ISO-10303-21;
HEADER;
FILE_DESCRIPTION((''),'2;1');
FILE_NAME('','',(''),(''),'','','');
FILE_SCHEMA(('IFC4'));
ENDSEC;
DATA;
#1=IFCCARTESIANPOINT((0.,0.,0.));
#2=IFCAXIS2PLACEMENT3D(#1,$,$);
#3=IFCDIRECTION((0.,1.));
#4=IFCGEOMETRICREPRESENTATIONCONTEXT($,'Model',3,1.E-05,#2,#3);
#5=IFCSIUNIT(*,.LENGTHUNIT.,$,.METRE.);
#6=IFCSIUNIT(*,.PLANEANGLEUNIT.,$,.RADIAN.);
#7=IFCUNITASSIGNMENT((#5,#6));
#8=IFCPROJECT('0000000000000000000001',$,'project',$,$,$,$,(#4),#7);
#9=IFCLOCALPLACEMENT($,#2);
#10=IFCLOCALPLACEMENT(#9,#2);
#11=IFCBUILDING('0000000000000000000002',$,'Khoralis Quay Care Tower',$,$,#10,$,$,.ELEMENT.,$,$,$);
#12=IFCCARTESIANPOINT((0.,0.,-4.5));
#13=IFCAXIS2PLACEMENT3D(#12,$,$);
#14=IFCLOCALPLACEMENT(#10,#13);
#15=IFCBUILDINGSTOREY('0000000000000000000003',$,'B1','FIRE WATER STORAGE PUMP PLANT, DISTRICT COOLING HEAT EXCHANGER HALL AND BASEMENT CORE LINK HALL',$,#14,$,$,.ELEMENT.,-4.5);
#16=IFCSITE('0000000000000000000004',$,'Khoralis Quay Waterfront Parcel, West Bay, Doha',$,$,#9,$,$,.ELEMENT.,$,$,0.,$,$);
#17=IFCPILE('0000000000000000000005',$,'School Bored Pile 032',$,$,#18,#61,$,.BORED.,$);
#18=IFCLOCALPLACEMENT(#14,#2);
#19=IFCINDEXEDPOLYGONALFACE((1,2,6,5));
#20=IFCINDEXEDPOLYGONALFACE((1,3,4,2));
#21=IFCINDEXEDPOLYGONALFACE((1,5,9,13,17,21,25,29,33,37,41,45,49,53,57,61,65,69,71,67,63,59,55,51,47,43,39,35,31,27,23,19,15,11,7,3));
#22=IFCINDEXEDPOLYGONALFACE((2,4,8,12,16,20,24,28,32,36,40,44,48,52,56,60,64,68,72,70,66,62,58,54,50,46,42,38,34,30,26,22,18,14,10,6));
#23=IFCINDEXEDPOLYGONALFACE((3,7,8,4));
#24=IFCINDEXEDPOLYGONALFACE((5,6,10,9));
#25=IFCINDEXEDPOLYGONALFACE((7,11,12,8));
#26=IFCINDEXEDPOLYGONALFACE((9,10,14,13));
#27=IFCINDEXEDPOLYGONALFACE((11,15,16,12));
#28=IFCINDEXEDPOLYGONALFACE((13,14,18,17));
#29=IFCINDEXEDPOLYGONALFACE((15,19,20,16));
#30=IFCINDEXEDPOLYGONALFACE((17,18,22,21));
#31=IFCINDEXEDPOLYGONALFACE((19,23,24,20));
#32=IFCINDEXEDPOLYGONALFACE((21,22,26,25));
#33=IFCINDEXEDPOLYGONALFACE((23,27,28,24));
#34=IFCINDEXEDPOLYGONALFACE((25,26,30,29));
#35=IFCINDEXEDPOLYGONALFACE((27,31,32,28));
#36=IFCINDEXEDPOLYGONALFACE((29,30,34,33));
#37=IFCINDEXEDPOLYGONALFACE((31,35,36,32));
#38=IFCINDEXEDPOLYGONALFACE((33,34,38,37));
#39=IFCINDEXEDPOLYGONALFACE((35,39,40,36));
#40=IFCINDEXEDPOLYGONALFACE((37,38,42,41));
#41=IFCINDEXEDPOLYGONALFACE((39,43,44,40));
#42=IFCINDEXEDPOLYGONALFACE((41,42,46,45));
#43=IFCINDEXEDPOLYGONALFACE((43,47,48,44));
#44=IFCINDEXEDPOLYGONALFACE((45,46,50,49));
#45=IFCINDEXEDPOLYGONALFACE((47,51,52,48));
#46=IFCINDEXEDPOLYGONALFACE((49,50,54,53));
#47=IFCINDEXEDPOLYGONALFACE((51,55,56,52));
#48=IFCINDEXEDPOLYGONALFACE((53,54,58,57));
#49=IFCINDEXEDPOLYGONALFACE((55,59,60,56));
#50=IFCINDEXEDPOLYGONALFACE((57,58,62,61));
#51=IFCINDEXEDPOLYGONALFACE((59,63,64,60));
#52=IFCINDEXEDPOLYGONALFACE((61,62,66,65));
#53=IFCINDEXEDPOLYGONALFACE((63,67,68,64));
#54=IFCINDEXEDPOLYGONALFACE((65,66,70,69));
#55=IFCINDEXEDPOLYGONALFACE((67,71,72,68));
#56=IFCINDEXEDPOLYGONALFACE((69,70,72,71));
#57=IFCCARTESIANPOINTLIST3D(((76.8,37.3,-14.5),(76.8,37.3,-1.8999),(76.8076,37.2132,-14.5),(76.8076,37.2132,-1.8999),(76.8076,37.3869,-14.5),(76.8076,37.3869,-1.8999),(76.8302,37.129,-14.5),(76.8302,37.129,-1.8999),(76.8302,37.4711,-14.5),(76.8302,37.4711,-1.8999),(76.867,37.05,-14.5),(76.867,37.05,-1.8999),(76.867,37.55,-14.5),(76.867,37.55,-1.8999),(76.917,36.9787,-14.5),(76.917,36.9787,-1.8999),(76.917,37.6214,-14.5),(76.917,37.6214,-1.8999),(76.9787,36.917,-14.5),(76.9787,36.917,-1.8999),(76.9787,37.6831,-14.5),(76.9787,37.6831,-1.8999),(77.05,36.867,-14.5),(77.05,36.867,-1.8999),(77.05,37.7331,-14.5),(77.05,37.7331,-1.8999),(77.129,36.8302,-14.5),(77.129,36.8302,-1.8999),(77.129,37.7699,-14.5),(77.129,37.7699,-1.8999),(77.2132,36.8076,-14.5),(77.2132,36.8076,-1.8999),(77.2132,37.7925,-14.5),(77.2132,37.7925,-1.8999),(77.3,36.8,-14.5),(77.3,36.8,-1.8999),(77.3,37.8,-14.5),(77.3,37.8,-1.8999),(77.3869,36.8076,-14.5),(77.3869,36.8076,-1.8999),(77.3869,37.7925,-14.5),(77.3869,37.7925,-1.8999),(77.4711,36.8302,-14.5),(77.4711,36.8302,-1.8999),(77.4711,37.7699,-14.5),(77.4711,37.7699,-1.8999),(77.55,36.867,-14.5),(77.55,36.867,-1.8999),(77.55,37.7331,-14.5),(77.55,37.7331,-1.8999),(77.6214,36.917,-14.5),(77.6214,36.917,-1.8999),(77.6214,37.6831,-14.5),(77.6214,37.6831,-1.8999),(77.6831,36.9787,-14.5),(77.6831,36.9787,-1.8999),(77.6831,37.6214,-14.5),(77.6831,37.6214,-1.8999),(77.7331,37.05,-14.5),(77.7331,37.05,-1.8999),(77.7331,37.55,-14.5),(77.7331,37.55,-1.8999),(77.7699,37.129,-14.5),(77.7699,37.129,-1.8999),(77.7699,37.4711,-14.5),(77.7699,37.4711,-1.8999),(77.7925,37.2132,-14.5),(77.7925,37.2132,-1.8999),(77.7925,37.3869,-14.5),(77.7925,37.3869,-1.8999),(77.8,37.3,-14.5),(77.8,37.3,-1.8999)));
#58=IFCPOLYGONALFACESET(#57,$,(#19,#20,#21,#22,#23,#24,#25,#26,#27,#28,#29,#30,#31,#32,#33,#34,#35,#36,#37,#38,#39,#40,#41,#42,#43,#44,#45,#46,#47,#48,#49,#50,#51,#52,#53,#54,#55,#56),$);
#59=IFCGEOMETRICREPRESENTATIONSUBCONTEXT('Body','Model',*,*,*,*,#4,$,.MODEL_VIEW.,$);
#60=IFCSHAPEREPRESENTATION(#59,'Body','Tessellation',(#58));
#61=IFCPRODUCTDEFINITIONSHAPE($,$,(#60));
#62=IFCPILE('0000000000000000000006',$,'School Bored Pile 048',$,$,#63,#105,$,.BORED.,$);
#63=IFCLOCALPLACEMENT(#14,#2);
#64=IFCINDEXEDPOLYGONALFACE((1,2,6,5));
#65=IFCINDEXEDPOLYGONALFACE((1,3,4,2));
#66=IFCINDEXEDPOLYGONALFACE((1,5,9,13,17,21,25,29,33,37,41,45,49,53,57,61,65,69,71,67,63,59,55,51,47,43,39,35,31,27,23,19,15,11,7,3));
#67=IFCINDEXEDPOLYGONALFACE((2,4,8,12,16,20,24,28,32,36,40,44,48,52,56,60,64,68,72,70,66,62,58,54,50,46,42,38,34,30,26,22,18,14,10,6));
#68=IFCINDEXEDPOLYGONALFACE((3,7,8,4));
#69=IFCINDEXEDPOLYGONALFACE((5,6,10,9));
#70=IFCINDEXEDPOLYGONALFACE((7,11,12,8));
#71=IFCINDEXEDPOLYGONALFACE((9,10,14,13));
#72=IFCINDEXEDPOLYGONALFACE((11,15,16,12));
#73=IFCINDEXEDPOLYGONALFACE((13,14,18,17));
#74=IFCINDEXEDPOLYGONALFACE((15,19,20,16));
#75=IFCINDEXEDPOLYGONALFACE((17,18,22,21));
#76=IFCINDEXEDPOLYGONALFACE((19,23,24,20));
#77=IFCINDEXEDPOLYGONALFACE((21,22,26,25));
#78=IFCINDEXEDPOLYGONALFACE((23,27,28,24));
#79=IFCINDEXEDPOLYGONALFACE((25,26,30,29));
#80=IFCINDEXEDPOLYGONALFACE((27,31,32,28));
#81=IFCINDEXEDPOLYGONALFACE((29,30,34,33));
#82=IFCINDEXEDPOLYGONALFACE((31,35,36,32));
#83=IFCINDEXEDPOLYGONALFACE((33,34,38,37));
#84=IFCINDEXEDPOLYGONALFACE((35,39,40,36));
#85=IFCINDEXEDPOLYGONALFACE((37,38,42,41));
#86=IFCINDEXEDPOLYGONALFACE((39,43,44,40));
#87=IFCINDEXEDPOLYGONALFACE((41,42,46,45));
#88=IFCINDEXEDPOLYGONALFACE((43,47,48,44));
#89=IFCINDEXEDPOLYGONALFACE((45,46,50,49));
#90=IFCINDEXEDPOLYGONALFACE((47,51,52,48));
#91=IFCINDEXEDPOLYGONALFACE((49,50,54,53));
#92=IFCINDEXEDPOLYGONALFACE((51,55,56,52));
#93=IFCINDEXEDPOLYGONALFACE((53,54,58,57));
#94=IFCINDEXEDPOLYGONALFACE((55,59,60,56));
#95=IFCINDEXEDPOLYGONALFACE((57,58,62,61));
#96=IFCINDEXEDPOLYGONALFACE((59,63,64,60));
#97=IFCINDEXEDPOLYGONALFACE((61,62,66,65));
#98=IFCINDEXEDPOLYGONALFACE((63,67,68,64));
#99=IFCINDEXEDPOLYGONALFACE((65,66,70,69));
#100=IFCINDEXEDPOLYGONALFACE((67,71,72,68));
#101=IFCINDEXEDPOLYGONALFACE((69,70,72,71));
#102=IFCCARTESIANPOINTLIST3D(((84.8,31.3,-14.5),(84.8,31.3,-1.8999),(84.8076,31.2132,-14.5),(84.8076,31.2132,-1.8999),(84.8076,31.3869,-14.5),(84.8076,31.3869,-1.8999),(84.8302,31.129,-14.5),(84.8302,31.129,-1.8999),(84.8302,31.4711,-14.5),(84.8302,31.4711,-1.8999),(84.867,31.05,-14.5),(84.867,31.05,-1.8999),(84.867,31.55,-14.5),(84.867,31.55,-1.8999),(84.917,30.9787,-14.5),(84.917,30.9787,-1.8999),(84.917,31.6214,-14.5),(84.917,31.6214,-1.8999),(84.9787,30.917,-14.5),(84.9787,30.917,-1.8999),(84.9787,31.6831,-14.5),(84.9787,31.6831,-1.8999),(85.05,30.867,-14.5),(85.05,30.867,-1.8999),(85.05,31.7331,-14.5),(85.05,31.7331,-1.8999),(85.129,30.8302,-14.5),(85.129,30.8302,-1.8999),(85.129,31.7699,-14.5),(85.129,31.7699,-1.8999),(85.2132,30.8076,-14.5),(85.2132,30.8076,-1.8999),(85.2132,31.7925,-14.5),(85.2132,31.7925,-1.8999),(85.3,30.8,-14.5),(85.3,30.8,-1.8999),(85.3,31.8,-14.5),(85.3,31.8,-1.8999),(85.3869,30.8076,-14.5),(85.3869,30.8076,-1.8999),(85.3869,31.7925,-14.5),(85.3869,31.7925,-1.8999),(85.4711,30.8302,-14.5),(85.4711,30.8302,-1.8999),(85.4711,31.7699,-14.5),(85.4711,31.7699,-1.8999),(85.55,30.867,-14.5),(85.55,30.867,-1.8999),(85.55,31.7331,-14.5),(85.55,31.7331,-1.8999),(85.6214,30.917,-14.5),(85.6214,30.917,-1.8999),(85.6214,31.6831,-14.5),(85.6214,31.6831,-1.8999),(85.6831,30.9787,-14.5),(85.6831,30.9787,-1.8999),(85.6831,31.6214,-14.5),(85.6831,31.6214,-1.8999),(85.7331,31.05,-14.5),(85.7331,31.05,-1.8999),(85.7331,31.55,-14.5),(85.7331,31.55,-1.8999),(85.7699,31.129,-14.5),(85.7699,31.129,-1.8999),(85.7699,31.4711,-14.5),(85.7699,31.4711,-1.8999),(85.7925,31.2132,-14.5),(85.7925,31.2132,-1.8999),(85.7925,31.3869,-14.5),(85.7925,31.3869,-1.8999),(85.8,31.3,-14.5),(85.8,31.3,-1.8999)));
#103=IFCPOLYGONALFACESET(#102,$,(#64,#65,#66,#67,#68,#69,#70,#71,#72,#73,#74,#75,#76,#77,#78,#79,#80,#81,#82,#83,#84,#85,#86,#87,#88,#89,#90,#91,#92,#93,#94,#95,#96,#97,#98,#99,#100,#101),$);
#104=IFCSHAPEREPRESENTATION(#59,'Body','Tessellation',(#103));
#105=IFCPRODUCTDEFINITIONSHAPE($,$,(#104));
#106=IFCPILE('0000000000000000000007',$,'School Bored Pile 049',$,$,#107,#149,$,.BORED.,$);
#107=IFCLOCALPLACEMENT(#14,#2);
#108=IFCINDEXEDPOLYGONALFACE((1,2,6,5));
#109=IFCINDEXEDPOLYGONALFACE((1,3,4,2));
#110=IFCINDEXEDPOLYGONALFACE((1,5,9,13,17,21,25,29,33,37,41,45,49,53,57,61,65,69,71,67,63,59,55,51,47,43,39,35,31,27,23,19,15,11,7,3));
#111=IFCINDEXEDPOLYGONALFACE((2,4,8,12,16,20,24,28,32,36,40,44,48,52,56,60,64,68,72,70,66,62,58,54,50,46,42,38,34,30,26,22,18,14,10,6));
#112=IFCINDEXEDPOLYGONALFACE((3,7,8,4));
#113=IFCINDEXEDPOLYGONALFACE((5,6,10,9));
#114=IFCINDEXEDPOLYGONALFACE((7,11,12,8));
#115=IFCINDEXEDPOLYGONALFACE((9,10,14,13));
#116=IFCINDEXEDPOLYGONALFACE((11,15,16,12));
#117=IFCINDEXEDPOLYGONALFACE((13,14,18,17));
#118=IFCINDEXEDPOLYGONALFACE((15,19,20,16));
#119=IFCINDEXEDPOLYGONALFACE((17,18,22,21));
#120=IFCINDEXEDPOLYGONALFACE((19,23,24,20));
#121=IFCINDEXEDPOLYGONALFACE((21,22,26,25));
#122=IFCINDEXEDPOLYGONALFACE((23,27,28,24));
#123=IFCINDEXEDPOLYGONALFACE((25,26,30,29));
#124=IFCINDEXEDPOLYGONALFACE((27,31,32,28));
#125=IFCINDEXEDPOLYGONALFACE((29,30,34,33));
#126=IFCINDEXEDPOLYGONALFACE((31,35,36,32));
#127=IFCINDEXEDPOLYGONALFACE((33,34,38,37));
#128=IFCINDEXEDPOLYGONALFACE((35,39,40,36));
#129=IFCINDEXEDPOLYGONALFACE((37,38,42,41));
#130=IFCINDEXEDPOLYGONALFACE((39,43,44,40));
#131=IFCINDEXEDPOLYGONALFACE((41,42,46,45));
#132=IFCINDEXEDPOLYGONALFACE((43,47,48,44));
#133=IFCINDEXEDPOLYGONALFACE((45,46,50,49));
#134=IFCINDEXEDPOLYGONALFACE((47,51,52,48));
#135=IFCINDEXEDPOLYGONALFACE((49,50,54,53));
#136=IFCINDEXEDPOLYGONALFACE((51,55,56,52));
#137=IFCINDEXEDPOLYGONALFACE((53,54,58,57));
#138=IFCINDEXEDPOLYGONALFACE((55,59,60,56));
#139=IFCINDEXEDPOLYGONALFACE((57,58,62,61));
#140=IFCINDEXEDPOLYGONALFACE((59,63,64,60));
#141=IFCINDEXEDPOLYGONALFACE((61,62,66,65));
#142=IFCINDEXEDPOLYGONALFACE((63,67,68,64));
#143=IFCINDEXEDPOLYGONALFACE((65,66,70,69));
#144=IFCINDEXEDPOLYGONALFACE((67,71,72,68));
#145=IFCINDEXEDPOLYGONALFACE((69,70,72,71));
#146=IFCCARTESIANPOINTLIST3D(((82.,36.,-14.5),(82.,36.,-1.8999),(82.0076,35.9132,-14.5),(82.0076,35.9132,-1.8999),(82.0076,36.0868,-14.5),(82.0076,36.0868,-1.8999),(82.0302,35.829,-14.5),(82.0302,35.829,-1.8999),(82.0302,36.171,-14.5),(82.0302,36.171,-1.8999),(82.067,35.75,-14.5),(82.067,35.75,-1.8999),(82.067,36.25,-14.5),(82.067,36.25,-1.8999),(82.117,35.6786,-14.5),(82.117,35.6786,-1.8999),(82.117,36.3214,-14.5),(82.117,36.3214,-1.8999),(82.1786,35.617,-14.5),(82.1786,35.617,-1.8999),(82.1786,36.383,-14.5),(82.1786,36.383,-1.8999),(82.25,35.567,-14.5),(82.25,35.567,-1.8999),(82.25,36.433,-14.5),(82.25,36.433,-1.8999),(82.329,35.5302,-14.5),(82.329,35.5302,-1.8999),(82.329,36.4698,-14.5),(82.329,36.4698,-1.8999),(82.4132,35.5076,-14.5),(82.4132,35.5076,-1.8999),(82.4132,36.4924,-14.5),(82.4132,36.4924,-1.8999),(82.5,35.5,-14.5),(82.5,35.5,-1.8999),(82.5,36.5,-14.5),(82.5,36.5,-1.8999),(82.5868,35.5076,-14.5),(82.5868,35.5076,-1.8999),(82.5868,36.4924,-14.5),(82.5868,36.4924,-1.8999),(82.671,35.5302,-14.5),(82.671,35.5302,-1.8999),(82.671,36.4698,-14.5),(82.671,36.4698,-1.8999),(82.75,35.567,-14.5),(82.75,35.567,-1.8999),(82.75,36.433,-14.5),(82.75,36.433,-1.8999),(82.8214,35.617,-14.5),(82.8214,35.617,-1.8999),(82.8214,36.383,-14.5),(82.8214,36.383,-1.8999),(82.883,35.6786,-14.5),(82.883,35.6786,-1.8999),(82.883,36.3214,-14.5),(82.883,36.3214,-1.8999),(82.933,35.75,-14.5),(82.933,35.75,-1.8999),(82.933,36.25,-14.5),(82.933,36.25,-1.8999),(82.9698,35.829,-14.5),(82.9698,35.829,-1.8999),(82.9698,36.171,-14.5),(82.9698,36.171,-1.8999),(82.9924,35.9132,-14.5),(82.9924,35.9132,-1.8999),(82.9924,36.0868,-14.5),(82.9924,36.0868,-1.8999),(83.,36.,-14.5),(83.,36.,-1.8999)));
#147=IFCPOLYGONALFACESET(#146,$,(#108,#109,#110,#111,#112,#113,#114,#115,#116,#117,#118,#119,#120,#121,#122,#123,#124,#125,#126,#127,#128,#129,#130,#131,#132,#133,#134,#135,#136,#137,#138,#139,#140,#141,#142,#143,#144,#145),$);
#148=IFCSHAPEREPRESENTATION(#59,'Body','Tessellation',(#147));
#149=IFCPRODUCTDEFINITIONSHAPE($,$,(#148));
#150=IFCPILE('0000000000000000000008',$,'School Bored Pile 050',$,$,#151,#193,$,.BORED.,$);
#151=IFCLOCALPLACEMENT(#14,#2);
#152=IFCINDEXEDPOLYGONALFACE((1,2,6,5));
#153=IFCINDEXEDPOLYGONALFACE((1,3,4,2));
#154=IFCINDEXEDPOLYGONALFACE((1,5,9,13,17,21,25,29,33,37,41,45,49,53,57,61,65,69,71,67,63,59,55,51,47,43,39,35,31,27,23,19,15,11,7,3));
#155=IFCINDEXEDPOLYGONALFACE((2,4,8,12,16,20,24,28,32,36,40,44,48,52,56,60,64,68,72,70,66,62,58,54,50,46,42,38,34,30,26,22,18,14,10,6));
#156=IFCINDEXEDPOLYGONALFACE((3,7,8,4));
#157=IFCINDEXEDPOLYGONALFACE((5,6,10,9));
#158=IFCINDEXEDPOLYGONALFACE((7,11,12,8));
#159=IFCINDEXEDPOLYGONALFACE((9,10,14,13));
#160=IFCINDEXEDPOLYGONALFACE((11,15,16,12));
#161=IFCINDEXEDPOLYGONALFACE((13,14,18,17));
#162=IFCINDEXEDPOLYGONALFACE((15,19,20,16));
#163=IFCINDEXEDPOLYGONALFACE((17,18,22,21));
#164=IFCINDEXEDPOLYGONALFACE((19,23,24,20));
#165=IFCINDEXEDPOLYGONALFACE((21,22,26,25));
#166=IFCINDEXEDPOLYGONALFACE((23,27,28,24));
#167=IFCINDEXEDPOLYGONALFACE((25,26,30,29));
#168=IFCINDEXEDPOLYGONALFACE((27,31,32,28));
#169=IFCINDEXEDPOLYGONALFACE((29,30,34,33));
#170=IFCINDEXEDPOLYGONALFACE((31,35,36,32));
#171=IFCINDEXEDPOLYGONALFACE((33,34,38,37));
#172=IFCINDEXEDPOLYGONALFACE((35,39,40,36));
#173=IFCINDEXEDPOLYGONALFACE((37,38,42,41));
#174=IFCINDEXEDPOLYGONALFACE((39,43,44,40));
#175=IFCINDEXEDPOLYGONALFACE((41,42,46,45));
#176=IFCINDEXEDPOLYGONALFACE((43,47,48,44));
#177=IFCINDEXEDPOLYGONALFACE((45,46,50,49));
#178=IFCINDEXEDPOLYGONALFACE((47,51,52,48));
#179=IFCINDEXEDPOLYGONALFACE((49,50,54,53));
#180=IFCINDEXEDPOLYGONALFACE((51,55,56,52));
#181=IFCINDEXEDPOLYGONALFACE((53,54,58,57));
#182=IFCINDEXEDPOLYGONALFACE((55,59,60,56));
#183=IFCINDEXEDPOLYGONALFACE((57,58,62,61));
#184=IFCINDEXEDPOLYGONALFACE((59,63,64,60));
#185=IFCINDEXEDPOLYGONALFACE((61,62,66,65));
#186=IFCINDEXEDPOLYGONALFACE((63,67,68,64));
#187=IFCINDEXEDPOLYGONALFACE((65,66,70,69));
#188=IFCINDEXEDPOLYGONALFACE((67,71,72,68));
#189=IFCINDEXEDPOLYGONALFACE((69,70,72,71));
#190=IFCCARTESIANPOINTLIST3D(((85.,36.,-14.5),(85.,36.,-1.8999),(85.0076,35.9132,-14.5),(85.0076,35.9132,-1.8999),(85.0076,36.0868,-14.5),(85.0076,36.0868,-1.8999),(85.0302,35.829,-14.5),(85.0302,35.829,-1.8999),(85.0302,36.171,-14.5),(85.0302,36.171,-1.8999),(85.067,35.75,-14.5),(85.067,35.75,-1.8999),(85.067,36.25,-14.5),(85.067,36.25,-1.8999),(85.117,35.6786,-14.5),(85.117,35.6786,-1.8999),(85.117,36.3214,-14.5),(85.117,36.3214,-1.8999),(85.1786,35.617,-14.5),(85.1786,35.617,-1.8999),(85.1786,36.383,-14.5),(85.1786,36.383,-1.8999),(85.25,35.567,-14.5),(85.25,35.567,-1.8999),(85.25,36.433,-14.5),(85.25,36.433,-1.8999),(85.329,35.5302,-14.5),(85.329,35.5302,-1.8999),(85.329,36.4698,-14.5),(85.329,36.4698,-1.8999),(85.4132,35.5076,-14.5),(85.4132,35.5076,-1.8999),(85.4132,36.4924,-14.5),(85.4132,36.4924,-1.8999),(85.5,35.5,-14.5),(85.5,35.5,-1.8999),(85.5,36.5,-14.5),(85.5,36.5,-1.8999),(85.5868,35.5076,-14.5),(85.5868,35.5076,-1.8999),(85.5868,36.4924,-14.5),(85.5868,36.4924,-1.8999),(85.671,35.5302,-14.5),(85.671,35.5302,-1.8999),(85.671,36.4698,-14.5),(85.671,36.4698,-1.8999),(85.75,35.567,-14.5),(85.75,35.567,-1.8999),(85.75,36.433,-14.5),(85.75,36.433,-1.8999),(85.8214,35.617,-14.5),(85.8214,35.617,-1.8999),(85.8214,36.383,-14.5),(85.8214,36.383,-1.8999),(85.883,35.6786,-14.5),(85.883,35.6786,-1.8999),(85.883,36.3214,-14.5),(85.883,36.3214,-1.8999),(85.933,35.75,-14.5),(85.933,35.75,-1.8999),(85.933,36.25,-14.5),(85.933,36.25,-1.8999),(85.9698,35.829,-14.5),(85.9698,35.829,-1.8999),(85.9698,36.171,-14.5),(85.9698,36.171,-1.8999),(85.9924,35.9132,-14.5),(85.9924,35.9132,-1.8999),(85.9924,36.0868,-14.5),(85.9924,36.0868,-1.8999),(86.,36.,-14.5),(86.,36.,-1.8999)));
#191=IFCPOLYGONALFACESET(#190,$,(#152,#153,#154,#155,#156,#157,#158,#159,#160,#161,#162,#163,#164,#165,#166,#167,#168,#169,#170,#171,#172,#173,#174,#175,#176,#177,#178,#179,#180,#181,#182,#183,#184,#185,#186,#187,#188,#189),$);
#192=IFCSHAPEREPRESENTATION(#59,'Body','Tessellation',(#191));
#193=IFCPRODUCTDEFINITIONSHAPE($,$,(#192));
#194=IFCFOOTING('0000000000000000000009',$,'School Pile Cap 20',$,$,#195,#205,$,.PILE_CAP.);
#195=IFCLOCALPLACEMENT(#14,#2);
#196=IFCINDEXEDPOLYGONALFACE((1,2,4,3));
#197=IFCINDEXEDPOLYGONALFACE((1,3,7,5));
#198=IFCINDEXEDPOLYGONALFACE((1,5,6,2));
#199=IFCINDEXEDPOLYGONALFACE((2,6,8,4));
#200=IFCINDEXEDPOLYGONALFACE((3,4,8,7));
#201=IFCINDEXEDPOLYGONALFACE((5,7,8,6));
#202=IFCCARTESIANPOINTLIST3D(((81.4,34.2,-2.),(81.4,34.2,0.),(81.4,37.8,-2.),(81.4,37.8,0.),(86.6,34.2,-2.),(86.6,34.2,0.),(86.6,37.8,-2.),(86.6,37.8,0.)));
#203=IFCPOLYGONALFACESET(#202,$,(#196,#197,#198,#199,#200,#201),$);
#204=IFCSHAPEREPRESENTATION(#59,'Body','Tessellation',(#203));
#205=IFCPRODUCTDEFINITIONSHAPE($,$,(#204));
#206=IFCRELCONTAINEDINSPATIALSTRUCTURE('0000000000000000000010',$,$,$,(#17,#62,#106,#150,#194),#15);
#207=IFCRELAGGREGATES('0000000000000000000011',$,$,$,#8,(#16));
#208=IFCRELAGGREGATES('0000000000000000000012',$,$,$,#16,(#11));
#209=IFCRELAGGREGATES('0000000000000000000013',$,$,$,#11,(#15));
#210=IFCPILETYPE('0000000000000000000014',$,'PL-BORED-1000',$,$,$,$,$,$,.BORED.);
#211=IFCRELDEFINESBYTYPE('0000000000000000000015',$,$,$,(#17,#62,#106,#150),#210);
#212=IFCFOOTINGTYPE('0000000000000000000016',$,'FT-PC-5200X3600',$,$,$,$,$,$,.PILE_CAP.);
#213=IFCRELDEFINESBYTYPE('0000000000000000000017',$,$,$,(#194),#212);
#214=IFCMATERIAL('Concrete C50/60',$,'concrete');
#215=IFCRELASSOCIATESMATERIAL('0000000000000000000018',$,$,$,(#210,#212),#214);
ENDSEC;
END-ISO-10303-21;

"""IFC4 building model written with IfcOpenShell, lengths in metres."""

from ifc_helpers import new_model, si_unit, direction, frame, origin, origin_2d, place, context, subcontext, project, spatial, rectangle, circle, extrude, source, transform, mapped, material, material_profile, profile_set, type_object, element, save


model = new_model("IFC4")

# Units and contexts
model_context = context("Model", 3, precision=1e-05, world=origin(), true_north=direction((0.0, 1.0)))
body_context = subcontext(model_context, "Body", "Model", "MODEL_VIEW")
ifc_project = project(units=[si_unit("LENGTHUNIT", "METRE"), si_unit("PLANEANGLEUNIT", "RADIAN")], contexts=[model_context])

# Site, building, storey
site_placement = place(None, origin())
site = spatial("IfcSite", under=ifc_project, at=site_placement, Name="Khoralis Quay Waterfront Parcel, West Bay, Doha", CompositionType="ELEMENT", RefElevation=0.0)
building_placement = place(site_placement, origin())
building = spatial("IfcBuilding", under=site, at=building_placement, Name="Khoralis Quay Care Tower", CompositionType="ELEMENT")
storey_placement = place(building_placement, frame((0.0, 0.0, -4.5)))
storey = spatial("IfcBuildingStorey", under=building, at=storey_placement, Name="B1", Description="FIRE WATER STORAGE PUMP PLANT, DISTRICT COOLING HEAT EXCHANGER HALL AND BASEMENT CORE LINK HALL", CompositionType="ELEMENT", Elevation=-4.5)

# Shared definitions
ifc_material_1 = material(Name="Concrete C50/60", Category="concrete")

# Piles
ifc_material_profile_1 = material_profile(ifc_material_1, circle(Radius=0.5, at=origin_2d()), Name="Concrete C50/60")
ifc_profile_set_1 = profile_set([ifc_material_profile_1], Name="Concrete C50/60")
pile_type_1 = type_object("IfcPileType", Name="PL-BORED-1000", PredefinedType="BORED", material=ifc_profile_set_1)
shared_shape_1 = source(origin(), body_context, "Body", "SweptSolid", [
    extrude(circle(Radius=0.5, at=origin_2d()), origin(), (0.0, 0.0, 1.0), 12.6001),
])
for number, where, z_axis, x_axis, name in (
    (1, (77.3, 37.3, -1.8999), (0.0, 0.0, -1.0), (1.0, 0.0, 0.0), "School Bored Pile 032"),
    (2, (85.3, 31.3, -1.8999), (0.0, 0.0, -1.0), (1.0, 0.0, 0.0), "School Bored Pile 048"),
    (3, (82.5, 36.0, -1.8999), (0.0, 0.0, -1.0), (1.0, 0.0, 0.0), "School Bored Pile 049"),
    (4, (85.5, 36.0, -1.8999), (0.0, 0.0, -1.0), (1.0, 0.0, 0.0), "School Bored Pile 050"),
):
    element("IfcPile", number, at=place(storey_placement, frame(where, z_axis=z_axis, x_axis=x_axis)), inside=storey, type_object=pile_type_1, Name=name, PredefinedType="BORED", context=body_context, shape_type="MappedRepresentation", body=[
        mapped(shared_shape_1, transform((0.0, 0.0, 0.0), scale=1.0)),
    ])

# Footing
footing_type_1 = type_object("IfcFootingType", Name="FT-PC-5200X3600", PredefinedType="PILE_CAP", material=ifc_material_1)
shared_shape_2 = source(origin(), body_context, "Body", "SweptSolid", [
    extrude(rectangle(XDim=5.2, YDim=3.6001, at=origin_2d()), origin(), (0.0, 0.0, 1.0), 2.0),
])
footing_1_placement = place(storey_placement, frame((84.0, 36.0, -2.0), z_axis=(0.0, 0.0, 1.0), x_axis=(1.0, 0.0, 0.0)))
element("IfcFooting", 5, at=footing_1_placement, inside=storey, type_object=footing_type_1, Name="School Pile Cap 20", PredefinedType="PILE_CAP", context=body_context, shape_type="MappedRepresentation", body=[
    mapped(shared_shape_2, transform((0.0, 0.0, 0.0), scale=1.0)),
])

save(model, "model.ifc")
